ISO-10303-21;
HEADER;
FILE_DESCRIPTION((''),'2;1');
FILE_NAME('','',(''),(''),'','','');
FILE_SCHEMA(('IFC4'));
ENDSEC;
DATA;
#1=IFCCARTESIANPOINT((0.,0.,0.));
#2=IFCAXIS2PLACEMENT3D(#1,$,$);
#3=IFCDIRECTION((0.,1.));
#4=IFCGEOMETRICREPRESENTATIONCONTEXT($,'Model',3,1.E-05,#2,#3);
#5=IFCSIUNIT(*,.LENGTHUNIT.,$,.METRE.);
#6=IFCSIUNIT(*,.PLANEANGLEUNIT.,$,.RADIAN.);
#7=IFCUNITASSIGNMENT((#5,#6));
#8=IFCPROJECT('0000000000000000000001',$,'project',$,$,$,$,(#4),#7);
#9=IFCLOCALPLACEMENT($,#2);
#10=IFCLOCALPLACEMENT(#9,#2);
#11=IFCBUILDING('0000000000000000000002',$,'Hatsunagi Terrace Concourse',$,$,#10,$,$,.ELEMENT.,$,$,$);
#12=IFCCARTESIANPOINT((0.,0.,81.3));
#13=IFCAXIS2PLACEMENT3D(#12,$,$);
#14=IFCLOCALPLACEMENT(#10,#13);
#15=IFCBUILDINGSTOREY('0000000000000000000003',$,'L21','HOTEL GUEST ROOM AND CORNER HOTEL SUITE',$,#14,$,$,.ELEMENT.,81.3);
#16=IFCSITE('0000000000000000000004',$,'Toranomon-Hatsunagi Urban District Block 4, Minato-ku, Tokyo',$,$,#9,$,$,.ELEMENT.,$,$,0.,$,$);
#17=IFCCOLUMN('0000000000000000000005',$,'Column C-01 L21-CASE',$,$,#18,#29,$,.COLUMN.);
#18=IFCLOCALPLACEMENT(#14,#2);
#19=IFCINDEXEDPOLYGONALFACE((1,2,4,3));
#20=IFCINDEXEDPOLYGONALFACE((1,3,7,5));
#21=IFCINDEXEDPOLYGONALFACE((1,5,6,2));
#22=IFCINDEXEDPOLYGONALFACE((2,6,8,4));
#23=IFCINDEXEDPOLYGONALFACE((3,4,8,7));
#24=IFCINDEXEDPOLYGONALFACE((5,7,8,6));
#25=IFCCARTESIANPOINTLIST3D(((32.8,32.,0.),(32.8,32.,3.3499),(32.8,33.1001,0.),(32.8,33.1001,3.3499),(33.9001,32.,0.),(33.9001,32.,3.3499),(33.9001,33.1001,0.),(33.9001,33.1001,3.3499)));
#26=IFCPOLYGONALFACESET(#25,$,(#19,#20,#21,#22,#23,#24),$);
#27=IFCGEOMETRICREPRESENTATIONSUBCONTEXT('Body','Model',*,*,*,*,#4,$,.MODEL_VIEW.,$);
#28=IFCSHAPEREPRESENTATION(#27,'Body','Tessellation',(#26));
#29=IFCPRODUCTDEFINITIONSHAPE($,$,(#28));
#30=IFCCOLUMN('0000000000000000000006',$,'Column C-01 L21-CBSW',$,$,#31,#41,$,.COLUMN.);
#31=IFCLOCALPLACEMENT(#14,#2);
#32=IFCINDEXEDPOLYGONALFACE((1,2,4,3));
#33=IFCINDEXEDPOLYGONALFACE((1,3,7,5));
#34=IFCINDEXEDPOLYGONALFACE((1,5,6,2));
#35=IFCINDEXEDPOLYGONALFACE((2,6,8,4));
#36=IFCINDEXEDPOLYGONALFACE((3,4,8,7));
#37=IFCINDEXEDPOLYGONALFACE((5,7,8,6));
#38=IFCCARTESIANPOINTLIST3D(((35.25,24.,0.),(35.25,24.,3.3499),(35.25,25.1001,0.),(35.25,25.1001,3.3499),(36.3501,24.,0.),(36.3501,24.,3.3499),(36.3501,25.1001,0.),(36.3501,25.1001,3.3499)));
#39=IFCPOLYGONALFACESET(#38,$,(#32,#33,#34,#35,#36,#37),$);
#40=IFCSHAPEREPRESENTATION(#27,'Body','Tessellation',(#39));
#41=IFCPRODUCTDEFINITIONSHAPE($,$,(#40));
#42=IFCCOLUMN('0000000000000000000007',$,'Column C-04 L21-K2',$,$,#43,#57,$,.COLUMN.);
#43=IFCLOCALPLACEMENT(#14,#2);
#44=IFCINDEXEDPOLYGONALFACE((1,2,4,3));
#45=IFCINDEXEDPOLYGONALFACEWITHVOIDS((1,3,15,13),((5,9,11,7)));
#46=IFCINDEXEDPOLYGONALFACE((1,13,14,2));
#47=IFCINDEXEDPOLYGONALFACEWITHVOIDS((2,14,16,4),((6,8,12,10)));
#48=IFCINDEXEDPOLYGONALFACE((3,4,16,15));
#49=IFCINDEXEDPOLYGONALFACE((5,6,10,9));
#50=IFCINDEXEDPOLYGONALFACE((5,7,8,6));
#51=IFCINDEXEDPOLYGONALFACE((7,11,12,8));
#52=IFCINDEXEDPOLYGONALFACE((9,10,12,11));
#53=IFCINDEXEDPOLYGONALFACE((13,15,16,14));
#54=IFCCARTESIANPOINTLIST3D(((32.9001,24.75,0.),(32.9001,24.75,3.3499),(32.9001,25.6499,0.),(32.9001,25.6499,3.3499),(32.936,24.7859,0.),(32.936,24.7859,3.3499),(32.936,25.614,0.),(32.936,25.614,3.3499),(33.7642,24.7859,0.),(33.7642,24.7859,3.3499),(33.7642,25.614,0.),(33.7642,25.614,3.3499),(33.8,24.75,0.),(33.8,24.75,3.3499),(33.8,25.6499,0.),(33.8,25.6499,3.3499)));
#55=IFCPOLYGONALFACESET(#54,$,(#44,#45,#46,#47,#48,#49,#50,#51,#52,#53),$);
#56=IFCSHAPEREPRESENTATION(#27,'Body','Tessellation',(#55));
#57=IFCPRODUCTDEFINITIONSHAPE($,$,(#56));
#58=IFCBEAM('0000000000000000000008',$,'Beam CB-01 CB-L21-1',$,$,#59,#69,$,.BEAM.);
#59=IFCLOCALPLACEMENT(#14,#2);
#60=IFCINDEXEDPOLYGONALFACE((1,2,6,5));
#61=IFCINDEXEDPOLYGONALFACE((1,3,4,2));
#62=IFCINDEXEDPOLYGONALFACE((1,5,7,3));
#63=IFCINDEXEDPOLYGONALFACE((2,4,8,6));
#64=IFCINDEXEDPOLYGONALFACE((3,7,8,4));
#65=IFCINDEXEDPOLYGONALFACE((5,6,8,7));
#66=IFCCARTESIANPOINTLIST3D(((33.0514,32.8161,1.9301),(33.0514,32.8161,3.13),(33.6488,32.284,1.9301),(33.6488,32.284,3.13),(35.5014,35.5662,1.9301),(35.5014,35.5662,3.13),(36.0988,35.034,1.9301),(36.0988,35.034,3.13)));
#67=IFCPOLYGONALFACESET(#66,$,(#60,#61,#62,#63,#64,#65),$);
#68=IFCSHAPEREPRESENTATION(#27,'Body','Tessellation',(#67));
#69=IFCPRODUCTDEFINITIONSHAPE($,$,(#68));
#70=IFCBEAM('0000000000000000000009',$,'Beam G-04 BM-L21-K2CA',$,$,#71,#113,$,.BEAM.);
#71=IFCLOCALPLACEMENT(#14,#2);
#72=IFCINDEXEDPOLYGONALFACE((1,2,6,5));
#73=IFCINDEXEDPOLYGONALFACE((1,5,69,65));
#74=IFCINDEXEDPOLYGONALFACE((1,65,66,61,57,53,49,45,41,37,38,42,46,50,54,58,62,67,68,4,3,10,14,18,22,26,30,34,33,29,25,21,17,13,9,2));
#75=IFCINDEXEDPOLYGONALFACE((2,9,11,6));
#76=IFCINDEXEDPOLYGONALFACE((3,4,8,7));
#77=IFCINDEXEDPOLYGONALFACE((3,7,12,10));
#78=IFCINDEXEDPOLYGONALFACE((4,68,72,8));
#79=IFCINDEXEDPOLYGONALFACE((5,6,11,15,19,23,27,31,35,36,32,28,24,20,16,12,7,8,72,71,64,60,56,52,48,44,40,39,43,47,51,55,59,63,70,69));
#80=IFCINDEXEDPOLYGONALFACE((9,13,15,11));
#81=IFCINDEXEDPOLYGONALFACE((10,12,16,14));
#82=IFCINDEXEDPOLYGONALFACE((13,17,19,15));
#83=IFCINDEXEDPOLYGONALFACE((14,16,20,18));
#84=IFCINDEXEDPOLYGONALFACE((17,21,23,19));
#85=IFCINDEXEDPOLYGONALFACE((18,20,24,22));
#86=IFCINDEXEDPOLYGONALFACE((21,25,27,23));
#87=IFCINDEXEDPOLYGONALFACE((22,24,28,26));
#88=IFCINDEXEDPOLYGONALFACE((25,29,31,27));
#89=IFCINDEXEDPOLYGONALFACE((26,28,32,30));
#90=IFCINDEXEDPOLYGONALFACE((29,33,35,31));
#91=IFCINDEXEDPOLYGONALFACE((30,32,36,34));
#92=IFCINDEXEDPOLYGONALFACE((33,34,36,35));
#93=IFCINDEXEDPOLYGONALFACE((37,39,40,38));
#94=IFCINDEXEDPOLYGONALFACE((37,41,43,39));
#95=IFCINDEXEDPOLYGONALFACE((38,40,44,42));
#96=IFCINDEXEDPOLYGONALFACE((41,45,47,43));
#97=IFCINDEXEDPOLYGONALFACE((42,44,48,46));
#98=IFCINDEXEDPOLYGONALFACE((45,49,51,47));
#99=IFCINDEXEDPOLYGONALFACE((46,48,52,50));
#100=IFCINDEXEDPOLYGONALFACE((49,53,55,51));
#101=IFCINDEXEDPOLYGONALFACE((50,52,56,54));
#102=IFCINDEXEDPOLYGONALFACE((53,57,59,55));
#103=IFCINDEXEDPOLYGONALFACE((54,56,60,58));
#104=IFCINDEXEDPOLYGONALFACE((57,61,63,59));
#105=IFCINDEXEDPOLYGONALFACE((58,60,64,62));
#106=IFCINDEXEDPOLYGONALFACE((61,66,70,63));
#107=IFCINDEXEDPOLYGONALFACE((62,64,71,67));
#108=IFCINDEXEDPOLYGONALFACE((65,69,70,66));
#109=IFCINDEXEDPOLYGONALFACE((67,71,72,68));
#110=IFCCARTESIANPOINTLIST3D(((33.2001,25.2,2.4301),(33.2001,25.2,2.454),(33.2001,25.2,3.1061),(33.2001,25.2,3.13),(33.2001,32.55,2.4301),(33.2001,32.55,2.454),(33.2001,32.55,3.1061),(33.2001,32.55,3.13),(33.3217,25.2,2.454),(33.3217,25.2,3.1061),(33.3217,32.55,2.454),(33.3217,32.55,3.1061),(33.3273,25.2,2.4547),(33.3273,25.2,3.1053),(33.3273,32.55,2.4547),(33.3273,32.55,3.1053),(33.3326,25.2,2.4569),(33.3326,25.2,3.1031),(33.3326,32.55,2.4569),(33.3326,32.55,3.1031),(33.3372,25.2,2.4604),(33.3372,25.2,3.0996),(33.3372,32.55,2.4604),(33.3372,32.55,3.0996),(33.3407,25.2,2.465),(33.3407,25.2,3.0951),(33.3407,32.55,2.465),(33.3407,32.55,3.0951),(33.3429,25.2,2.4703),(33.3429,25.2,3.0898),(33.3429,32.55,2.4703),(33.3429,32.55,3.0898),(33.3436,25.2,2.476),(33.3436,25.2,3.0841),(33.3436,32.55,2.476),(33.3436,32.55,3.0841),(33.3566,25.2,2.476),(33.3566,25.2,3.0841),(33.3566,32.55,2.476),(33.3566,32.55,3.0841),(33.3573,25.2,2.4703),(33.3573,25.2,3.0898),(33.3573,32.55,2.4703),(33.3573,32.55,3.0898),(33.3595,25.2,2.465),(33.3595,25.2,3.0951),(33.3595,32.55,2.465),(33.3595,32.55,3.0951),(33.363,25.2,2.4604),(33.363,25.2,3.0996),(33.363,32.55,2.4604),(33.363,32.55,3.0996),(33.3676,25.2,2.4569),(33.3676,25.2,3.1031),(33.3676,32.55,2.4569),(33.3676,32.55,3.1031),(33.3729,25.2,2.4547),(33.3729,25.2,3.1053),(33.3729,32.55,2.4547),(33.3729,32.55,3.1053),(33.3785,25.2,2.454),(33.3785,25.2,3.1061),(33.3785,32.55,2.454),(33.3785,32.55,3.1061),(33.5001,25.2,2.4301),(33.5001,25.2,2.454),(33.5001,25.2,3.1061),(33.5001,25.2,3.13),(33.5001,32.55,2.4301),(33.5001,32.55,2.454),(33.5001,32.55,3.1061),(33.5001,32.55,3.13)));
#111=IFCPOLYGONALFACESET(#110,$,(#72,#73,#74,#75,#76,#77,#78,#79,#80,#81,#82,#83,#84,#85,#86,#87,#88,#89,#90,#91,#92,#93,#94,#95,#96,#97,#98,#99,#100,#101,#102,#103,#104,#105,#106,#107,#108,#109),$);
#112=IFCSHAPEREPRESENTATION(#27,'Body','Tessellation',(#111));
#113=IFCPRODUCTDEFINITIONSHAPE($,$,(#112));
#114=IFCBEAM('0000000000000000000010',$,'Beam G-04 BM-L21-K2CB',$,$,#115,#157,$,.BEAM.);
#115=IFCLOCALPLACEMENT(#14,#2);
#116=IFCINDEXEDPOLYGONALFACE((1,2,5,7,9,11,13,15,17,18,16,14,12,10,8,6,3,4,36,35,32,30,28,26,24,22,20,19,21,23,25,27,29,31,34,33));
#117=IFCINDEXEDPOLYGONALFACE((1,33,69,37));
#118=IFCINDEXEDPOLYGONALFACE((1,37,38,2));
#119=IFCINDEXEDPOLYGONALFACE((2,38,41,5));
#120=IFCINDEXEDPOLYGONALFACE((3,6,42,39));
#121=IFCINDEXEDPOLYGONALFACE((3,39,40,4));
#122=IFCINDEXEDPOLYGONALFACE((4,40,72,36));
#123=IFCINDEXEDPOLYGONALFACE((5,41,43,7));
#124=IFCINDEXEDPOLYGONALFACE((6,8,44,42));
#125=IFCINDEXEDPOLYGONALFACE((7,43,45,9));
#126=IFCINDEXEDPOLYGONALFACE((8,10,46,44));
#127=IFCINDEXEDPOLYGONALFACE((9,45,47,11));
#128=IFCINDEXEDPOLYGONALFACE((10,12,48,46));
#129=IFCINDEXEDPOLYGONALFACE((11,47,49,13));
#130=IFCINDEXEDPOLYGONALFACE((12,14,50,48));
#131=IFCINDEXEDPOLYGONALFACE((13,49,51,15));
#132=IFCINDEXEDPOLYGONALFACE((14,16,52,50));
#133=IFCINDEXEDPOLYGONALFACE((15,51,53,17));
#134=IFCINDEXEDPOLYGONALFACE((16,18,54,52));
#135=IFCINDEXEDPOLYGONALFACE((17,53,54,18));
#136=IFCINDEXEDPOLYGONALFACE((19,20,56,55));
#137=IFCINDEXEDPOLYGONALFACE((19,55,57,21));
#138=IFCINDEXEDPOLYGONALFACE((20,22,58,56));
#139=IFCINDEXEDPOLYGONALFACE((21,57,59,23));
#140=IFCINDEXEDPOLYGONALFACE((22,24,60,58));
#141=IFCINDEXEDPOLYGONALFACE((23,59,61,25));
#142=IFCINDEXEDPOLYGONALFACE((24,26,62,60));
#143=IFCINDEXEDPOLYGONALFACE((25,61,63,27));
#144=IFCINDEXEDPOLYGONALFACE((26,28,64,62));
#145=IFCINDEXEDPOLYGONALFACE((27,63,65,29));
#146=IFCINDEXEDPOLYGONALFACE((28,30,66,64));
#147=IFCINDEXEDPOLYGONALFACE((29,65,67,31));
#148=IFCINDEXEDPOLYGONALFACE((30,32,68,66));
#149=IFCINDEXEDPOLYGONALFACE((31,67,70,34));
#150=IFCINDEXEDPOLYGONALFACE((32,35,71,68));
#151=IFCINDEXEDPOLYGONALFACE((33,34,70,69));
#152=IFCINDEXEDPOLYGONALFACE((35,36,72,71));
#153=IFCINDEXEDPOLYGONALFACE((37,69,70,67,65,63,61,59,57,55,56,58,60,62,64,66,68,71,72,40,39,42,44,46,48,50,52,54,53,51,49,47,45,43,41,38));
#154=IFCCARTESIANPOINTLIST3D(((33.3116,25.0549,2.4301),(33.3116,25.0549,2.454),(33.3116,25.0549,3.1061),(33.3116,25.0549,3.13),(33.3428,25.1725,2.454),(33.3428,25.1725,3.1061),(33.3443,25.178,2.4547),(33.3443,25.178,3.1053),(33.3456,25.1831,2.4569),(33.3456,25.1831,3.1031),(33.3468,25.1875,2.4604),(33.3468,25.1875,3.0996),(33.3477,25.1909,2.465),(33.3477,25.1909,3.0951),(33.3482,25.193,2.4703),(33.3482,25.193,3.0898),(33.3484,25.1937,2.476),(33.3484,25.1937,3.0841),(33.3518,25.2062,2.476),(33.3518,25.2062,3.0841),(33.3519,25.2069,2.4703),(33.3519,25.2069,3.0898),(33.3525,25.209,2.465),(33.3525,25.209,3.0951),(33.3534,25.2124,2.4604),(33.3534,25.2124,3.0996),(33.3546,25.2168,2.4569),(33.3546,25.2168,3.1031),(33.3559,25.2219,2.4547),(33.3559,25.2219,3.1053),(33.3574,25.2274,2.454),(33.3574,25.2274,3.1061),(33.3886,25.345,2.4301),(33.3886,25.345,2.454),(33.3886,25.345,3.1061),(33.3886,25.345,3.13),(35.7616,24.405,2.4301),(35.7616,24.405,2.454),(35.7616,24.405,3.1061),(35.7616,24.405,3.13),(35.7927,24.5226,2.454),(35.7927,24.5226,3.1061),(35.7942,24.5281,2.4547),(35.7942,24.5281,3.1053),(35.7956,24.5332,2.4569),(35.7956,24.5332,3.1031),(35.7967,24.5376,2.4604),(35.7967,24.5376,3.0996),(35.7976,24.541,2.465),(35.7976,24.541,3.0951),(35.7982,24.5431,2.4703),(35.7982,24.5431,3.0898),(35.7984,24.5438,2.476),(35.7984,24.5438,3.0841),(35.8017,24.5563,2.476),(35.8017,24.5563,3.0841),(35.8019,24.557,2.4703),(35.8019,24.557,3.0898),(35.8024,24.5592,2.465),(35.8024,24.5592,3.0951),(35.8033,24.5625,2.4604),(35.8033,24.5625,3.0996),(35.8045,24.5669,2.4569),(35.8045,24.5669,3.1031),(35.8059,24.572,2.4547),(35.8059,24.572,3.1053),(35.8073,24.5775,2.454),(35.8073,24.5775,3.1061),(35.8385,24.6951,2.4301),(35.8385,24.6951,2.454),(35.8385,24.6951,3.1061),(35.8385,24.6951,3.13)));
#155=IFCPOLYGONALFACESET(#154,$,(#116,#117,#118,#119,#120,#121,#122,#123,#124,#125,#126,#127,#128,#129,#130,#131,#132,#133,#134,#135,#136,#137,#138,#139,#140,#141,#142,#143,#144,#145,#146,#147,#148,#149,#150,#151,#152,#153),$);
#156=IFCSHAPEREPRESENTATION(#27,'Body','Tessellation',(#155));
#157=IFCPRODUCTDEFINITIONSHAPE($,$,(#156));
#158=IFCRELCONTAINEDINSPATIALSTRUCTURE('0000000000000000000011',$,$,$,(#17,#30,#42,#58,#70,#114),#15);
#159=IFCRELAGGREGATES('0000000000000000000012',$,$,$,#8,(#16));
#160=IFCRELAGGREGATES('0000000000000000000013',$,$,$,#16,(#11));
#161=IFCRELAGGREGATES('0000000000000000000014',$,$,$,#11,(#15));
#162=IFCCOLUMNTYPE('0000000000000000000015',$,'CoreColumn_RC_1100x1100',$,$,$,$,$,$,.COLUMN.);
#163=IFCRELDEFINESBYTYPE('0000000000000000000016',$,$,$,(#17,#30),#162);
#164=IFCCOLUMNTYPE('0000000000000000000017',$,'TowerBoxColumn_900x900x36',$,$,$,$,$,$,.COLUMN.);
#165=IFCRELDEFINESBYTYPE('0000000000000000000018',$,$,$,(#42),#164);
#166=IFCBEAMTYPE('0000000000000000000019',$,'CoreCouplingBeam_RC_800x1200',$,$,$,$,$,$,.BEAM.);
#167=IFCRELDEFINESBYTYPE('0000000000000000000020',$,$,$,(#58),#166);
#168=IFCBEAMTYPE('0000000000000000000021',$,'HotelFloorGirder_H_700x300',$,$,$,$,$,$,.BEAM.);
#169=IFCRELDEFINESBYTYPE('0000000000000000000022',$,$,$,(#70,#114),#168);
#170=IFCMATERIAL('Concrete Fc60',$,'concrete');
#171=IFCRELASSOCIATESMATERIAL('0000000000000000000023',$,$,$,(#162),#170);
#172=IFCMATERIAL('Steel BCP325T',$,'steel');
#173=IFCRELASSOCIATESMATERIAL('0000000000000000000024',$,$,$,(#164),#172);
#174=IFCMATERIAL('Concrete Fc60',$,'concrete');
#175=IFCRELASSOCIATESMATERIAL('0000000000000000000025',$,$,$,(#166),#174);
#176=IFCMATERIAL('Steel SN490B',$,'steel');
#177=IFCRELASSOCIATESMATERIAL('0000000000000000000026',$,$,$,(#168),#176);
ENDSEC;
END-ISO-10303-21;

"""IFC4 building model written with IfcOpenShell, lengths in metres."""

from ifc_helpers import new_model, si_unit, direction, frame, origin, origin_2d, place, context, subcontext, project, spatial, rectangle, hollow_rectangle, i_section, extrude, material, material_profile, profile_set, type_object, element, save


model = new_model("IFC4")

# Units and contexts
model_context = context("Model", 3, precision=1e-05, world=origin(), true_north=direction((0.0, 1.0)))
body_context = subcontext(model_context, "Body", "Model", "MODEL_VIEW")
ifc_project = project(units=[si_unit("LENGTHUNIT", "METRE"), si_unit("PLANEANGLEUNIT", "RADIAN")], contexts=[model_context])

# Site, building, storey
site_placement = place(None, origin())
site = spatial("IfcSite", under=ifc_project, at=site_placement, Name="Toranomon-Hatsunagi Urban District Block 4, Minato-ku, Tokyo", CompositionType="ELEMENT", RefElevation=0.0)
building_placement = place(site_placement, origin())
building = spatial("IfcBuilding", under=site, at=building_placement, Name="Hatsunagi Terrace Concourse", CompositionType="ELEMENT")
storey_placement = place(building_placement, frame((0.0, 0.0, 81.3)))
storey = spatial("IfcBuildingStorey", under=building, at=storey_placement, Name="L21", Description="HOTEL GUEST ROOM AND CORNER HOTEL SUITE", CompositionType="ELEMENT", Elevation=81.3)

# Columns
ifc_material_1 = material(Name="Concrete Fc60", Category="concrete")
ifc_material_profile_1 = material_profile(ifc_material_1, rectangle(XDim=1.1001, YDim=1.1001, at=origin_2d()), Name="RC-1100x1100")
ifc_profile_set_1 = profile_set([ifc_material_profile_1], Name="Concrete Fc60")
column_type_1 = type_object("IfcColumnType", Name="CoreColumn_RC_1100x1100", PredefinedType="COLUMN", material=ifc_profile_set_1)
for number, where, z_axis, x_axis, name in (
    (1, (33.3501, 32.55, 0.0), (0.0, 0.0, 1.0), (1.0, 0.0, 0.0), "Column C-01 L21-CASE"),
    (2, (35.8, 24.55, 0.0), (0.0, 0.0, 1.0), (1.0, 0.0, 0.0), "Column C-01 L21-CBSW"),
):
    element("IfcColumn", number, at=place(storey_placement, frame(where, z_axis=z_axis, x_axis=x_axis)), inside=storey, type_object=column_type_1, Name=name, PredefinedType="COLUMN", context=body_context, shape_type="SweptSolid", body=[
        extrude(rectangle(XDim=1.1001, YDim=1.1001, at=origin_2d()), origin(), (0.0, 0.0, 1.0), 3.3499),
    ])
ifc_material_2 = material(Name="Steel BCP325T", Category="steel")
ifc_material_profile_2 = material_profile(ifc_material_2, hollow_rectangle(XDim=0.8999, YDim=0.8999, WallThickness=0.0359, at=origin_2d()), Name="BCP-900x900x36")
ifc_profile_set_2 = profile_set([ifc_material_profile_2], Name="Steel BCP325T")
column_type_2 = type_object("IfcColumnType", Name="TowerBoxColumn_900x900x36", PredefinedType="COLUMN", material=ifc_profile_set_2)
column_placement = place(storey_placement, frame((33.3501, 25.2, 0.0), z_axis=(0.0, 0.0, 1.0), x_axis=(1.0, 0.0, 0.0)))
element("IfcColumn", 3, at=column_placement, inside=storey, type_object=column_type_2, Name="Column C-04 L21-K2", PredefinedType="COLUMN", context=body_context, shape_type="SweptSolid", body=[
    extrude(hollow_rectangle(XDim=0.8999, YDim=0.8999, WallThickness=0.0359, at=origin_2d()), origin(), (0.0, 0.0, 1.0), 3.3499),
])

# Beams
ifc_material_3 = material(Name="Concrete Fc60", Category="concrete")
ifc_material_profile_3 = material_profile(ifc_material_3, rectangle(XDim=0.8, YDim=1.2, at=origin_2d()), Name="RC-800x1200")
ifc_profile_set_3 = profile_set([ifc_material_profile_3], Name="Concrete Fc60")
beam_type_1 = type_object("IfcBeamType", Name="CoreCouplingBeam_RC_800x1200", PredefinedType="BEAM", material=ifc_profile_set_3)
beam_1_placement = place(storey_placement, frame((33.3501, 32.55, 2.53), z_axis=(0.665199, 0.746666, 0.0), x_axis=(-0.746666, 0.665199, 0.0)))
element("IfcBeam", 4, at=beam_1_placement, inside=storey, type_object=beam_type_1, Name="Beam CB-01 CB-L21-1", PredefinedType="BEAM", context=body_context, shape_type="SweptSolid", body=[
    extrude(rectangle(XDim=0.8, YDim=1.2, at=origin_2d()), origin(), (0.0, 0.0, 1.0), 3.6831),
])
ifc_material_4 = material(Name="Steel SN490B", Category="steel")
ifc_material_profile_4 = material_profile(ifc_material_4, i_section(OverallWidth=0.3, OverallDepth=0.7, WebThickness=0.0129, FlangeThickness=0.0239, FilletRadius=0.022, at=origin_2d()), Name="H-700x300x13x24")
ifc_profile_set_4 = profile_set([ifc_material_profile_4], Name="Steel SN490B")
beam_type_2 = type_object("IfcBeamType", Name="HotelFloorGirder_H_700x300", PredefinedType="BEAM", material=ifc_profile_set_4)
beam_2_placement = place(storey_placement, frame((33.3501, 25.2, 2.78), z_axis=(0.0, 1.0, 0.0), x_axis=(-1.0, 0.0, 0.0)))
element("IfcBeam", 5, at=beam_2_placement, inside=storey, type_object=beam_type_2, Name="Beam G-04 BM-L21-K2CA", PredefinedType="BEAM", context=body_context, shape_type="SweptSolid", body=[
    extrude(i_section(OverallWidth=0.3, OverallDepth=0.7, WebThickness=0.0129, FlangeThickness=0.0239, FilletRadius=0.022, at=origin_2d()), origin(), (0.0, 0.0, 1.0), 7.3501),
])
beam_3_placement = place(storey_placement, frame((33.3501, 25.2, 2.78), z_axis=(0.96657, -0.256403, 0.0), x_axis=(0.256403, 0.96657, 0.0)))
element("IfcBeam", 6, at=beam_3_placement, inside=storey, type_object=beam_type_2, Name="Beam G-04 BM-L21-K2CB", PredefinedType="BEAM", context=body_context, shape_type="SweptSolid", body=[
    extrude(i_section(OverallWidth=0.3, OverallDepth=0.7, WebThickness=0.0129, FlangeThickness=0.0239, FilletRadius=0.022, at=origin_2d()), origin(), (0.0, 0.0, 1.0), 2.5347),
])

save(model, "model.ifc")
